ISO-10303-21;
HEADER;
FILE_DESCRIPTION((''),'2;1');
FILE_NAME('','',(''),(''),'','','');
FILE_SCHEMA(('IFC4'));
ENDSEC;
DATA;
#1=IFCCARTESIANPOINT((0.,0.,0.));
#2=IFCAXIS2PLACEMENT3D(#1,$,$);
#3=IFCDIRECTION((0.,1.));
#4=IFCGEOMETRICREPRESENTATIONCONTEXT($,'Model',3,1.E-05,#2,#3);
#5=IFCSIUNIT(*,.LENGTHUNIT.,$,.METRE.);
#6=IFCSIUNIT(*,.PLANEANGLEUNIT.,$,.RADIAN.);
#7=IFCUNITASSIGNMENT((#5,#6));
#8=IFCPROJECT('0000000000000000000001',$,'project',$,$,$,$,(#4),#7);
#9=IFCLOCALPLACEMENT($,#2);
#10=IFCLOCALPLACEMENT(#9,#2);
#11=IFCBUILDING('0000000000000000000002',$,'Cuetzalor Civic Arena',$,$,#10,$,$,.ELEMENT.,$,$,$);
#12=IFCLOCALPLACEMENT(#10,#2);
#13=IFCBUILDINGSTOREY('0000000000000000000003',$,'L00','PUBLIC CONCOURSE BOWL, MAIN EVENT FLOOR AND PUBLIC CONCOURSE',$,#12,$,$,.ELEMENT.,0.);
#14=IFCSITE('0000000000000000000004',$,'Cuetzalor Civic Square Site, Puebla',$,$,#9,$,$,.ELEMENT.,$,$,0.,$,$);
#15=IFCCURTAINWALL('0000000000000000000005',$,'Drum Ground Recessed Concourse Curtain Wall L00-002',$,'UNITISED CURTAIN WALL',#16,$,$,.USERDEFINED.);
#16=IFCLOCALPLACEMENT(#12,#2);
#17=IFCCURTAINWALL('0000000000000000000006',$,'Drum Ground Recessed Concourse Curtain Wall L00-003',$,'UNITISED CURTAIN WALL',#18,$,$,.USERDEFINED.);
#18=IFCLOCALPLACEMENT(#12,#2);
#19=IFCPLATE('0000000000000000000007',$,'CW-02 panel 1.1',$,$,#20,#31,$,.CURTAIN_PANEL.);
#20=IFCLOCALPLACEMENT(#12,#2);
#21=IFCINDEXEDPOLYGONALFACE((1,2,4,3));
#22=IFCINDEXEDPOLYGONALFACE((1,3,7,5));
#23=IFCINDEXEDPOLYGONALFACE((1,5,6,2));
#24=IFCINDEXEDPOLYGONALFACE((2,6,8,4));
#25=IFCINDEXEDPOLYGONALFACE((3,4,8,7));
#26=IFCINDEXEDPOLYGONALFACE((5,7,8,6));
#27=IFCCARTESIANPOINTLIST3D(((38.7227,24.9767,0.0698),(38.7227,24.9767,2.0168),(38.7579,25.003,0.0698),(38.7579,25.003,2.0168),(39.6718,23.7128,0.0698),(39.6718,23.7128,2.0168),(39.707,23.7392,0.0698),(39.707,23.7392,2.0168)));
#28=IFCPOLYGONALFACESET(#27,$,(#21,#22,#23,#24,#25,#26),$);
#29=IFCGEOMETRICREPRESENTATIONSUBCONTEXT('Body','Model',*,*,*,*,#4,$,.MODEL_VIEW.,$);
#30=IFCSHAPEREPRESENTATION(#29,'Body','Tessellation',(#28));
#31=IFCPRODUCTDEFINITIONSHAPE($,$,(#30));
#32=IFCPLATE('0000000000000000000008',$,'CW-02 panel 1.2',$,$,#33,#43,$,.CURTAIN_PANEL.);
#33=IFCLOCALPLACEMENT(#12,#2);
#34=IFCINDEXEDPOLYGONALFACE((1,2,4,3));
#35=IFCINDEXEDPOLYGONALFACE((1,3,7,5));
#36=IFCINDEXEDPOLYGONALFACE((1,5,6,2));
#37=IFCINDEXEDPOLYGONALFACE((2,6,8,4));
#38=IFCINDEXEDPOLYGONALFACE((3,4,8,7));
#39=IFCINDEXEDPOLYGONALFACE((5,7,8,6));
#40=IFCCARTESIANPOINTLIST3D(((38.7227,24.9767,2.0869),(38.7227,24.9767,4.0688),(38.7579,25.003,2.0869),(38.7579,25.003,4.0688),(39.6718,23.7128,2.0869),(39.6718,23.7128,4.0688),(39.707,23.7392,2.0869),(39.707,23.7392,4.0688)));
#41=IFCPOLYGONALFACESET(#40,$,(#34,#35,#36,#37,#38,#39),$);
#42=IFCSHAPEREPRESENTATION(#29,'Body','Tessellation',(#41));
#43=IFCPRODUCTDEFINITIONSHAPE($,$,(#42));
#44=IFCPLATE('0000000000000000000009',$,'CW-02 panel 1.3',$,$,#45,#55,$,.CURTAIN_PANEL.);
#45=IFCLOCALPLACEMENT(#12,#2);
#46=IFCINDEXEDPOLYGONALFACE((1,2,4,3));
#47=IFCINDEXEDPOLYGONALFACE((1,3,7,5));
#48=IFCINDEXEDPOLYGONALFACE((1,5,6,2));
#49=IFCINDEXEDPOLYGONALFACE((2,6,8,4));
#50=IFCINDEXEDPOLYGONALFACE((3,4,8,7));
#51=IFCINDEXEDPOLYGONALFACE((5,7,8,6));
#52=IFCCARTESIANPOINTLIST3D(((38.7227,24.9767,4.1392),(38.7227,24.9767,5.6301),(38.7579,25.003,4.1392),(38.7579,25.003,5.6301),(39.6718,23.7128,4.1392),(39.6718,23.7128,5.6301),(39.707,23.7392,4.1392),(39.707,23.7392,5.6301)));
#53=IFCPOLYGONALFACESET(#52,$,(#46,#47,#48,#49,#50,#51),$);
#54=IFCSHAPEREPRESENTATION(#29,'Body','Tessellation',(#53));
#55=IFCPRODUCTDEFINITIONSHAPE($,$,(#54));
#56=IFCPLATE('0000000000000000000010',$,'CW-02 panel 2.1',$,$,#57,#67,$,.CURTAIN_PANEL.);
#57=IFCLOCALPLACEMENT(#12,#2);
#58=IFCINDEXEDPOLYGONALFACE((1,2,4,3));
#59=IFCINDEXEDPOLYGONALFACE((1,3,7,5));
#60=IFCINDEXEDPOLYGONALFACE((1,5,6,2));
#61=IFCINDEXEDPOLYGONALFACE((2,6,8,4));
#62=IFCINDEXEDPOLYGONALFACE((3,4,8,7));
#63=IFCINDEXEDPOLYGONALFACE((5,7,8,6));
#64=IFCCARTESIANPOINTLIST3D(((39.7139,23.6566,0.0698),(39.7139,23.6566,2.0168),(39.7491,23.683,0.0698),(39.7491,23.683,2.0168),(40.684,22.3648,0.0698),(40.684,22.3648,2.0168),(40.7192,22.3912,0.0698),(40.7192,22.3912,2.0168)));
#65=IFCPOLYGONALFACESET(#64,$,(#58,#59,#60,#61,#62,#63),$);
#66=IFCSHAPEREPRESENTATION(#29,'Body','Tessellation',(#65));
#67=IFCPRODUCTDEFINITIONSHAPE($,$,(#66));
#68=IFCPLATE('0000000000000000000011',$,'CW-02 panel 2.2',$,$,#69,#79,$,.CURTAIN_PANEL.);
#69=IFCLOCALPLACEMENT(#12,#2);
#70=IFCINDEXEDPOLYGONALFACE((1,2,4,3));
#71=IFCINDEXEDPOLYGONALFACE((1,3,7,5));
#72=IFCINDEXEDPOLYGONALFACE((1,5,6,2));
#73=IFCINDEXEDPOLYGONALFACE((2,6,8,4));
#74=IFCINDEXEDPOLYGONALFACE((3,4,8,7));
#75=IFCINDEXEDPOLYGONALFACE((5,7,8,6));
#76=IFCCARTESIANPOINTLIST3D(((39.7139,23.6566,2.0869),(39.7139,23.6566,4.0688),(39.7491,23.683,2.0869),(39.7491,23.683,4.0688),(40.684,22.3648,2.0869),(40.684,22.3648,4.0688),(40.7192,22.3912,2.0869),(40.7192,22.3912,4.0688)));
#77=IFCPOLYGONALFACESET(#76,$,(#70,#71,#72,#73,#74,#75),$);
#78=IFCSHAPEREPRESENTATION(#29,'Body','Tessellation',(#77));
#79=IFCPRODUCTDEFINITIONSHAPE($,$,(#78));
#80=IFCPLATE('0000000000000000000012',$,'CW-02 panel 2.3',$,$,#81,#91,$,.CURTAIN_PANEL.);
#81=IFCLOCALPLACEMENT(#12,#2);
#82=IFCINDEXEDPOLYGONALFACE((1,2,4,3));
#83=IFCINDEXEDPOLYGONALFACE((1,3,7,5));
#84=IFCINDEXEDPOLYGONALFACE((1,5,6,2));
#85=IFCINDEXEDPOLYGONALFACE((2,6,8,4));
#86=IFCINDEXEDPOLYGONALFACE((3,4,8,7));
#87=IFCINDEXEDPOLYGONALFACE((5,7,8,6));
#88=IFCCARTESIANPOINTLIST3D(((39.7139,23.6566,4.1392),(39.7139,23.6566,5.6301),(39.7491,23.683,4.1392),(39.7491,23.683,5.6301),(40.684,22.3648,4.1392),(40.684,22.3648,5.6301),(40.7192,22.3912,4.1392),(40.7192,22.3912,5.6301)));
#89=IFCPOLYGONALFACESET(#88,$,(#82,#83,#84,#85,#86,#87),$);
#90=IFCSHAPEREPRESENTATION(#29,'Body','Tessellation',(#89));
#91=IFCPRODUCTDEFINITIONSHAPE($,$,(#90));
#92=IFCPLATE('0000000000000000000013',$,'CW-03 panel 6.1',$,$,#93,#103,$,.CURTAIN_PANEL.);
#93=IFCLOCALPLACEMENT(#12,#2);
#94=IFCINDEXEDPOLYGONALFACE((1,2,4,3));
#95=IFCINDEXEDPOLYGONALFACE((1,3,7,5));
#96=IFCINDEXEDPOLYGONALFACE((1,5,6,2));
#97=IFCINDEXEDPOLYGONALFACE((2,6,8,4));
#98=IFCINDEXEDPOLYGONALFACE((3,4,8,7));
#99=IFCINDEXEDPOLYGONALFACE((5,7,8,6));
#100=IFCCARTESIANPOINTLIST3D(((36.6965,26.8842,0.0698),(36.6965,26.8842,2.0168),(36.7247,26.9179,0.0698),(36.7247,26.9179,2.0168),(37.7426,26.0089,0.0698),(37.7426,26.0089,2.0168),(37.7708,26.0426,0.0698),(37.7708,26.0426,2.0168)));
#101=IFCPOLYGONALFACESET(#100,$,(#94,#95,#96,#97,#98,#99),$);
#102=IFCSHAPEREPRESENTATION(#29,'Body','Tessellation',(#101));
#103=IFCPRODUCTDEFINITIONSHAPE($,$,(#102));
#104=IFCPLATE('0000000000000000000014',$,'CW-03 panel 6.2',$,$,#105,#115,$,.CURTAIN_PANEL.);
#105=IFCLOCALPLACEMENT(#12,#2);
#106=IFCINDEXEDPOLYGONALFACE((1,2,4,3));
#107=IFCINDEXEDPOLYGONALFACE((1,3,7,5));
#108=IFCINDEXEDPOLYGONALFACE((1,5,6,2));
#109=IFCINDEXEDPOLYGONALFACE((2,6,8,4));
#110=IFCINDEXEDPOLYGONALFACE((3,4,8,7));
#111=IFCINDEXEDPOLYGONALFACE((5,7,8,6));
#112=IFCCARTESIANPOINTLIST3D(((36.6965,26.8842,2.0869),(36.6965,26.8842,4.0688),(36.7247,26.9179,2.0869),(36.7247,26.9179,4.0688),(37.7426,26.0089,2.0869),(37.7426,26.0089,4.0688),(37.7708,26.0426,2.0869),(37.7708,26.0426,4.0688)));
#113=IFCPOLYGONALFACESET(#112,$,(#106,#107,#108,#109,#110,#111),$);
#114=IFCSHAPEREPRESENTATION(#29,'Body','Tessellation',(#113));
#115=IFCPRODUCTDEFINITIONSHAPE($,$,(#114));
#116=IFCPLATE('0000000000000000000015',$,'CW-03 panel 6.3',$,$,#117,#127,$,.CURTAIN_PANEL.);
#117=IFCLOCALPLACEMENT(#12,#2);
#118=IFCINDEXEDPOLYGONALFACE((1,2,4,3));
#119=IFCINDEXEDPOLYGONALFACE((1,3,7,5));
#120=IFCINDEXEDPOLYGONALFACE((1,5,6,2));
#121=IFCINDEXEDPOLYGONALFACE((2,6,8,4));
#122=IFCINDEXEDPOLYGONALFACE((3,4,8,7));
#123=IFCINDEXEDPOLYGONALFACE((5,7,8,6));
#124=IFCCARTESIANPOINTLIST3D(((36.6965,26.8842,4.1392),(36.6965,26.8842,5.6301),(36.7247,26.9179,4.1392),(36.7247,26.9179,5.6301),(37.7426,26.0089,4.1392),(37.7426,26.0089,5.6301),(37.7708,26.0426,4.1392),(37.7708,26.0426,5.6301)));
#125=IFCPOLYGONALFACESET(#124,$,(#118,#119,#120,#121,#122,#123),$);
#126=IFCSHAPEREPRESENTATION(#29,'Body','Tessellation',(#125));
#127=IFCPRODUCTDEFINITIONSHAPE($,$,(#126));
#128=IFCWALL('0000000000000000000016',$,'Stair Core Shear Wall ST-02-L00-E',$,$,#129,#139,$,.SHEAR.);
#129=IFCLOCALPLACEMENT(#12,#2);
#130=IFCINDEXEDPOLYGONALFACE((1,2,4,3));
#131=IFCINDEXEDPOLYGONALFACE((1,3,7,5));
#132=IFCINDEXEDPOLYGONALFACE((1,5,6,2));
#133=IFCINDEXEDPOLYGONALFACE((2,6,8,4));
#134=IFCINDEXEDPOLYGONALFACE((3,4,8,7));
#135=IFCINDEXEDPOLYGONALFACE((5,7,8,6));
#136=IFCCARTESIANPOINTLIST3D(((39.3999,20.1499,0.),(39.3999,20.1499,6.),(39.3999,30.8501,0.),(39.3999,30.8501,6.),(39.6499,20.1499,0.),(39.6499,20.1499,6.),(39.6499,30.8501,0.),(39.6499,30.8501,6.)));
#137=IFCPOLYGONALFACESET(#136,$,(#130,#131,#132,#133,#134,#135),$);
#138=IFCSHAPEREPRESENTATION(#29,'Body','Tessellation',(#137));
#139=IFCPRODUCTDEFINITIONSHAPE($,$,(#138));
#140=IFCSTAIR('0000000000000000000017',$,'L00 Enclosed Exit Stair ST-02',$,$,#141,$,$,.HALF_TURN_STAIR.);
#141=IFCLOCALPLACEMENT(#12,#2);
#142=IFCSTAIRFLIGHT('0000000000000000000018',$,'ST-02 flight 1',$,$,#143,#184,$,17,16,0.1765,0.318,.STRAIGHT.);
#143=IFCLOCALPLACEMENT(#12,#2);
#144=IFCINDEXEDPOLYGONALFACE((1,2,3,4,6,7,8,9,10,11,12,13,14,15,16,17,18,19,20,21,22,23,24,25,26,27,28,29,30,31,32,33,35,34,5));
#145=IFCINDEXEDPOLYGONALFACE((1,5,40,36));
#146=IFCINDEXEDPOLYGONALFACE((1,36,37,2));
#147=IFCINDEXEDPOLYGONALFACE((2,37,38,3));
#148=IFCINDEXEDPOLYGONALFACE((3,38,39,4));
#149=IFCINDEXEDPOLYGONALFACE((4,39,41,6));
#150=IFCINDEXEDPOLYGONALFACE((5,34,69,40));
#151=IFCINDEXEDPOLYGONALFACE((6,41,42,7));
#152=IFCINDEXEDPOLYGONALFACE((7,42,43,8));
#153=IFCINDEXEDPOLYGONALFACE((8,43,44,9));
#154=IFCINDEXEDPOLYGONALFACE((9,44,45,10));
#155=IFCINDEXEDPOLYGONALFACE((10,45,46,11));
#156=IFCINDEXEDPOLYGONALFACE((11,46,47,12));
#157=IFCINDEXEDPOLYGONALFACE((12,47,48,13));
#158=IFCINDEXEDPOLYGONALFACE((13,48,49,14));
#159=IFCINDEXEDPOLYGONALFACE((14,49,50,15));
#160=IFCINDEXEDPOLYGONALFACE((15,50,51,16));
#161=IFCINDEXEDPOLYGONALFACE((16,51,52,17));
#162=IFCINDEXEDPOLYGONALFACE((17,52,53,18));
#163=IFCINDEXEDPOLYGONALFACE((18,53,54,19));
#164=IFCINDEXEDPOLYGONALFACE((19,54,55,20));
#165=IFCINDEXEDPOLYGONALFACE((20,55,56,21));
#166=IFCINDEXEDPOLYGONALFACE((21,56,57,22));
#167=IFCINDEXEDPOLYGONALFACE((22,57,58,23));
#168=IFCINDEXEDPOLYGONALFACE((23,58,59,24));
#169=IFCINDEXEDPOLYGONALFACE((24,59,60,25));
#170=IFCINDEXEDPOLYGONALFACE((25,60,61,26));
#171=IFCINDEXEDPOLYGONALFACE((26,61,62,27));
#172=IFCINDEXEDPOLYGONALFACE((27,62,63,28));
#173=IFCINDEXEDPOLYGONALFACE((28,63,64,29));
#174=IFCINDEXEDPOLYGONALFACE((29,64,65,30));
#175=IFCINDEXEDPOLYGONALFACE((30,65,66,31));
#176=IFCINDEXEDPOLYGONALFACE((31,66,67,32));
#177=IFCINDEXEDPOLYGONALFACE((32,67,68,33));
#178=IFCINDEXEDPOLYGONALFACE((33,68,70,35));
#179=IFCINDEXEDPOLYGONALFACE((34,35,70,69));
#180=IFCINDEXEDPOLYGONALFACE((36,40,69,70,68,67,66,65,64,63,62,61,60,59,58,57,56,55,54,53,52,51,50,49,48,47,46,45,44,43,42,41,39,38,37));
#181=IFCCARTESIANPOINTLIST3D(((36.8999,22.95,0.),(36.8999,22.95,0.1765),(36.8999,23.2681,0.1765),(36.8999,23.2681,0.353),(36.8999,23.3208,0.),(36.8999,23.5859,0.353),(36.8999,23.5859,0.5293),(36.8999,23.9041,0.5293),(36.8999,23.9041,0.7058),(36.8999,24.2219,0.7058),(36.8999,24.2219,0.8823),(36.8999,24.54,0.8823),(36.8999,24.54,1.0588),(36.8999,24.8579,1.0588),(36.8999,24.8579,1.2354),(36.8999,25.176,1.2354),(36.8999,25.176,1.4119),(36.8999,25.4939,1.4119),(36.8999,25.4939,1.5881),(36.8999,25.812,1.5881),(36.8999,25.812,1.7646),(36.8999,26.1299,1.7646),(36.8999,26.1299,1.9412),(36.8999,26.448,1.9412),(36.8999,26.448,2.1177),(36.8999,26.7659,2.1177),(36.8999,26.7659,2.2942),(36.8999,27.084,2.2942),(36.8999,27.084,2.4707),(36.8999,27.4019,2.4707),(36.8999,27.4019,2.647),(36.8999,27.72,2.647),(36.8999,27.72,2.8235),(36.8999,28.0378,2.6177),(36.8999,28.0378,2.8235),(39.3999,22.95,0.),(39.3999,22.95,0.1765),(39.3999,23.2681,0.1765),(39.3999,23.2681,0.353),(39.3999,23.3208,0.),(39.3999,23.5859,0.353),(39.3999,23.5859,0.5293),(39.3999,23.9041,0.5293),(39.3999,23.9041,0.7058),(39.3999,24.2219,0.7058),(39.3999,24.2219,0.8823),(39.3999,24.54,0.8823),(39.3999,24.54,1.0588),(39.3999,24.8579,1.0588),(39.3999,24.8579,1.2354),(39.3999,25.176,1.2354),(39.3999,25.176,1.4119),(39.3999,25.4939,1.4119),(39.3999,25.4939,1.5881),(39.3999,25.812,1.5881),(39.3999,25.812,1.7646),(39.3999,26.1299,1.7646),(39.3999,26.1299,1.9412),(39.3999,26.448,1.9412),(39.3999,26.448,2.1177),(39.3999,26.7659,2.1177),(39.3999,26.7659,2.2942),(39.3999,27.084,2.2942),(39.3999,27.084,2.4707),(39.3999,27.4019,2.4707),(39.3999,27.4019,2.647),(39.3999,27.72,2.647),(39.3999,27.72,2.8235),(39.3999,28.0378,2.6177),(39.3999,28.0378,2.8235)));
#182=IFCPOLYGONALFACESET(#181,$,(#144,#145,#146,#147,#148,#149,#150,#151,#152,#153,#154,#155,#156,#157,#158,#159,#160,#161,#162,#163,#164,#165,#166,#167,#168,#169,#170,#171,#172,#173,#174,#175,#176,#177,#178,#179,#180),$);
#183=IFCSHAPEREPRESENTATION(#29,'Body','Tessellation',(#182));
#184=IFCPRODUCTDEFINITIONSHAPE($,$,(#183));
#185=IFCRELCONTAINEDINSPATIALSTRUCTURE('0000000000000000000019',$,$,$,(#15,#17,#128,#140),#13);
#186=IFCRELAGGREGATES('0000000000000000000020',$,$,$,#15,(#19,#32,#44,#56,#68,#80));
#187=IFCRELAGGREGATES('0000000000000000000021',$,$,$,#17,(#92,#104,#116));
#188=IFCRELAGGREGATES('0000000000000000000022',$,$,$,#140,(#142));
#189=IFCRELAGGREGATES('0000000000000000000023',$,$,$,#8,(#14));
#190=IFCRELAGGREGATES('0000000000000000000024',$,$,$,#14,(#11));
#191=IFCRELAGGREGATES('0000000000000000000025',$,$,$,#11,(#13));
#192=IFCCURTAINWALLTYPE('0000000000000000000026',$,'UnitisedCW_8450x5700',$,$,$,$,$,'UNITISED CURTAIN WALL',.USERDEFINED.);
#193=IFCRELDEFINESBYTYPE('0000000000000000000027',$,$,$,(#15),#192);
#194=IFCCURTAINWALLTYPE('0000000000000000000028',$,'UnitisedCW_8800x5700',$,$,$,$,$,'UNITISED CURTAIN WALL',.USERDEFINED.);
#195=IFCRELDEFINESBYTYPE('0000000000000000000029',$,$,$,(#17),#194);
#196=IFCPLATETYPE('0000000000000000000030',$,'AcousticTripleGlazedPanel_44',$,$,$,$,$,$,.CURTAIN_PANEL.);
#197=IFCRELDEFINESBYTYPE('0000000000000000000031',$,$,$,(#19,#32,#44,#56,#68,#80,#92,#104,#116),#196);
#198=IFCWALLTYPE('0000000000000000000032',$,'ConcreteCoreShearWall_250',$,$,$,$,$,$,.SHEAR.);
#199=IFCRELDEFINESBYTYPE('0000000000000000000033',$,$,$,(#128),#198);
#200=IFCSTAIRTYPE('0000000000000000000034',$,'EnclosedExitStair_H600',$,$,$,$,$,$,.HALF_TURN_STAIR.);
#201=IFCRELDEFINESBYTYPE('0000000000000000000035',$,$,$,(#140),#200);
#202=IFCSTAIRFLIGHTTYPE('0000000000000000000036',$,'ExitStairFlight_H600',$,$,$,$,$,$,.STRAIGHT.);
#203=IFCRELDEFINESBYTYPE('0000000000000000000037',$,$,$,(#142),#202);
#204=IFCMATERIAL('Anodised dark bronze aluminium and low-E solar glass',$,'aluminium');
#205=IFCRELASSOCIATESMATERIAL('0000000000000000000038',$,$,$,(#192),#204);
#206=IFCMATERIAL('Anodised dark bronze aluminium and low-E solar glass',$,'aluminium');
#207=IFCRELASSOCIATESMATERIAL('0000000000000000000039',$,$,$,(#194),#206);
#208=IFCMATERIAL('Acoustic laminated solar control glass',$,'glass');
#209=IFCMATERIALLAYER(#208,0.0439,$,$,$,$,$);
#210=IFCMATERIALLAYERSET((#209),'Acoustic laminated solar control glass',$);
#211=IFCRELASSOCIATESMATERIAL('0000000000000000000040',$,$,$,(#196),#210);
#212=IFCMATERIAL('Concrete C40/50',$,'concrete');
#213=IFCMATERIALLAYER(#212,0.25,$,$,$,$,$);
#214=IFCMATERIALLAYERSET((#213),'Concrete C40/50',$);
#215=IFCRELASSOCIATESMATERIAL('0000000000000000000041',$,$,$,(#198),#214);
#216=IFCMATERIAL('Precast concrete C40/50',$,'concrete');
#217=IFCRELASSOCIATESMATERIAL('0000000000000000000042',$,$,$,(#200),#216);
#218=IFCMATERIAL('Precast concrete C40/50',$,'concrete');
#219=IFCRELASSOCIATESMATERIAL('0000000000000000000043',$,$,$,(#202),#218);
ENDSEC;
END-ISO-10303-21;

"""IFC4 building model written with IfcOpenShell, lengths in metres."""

from ifc_helpers import new_model, si_unit, direction, frame, frame_2d, origin, origin_2d, place, context, subcontext, project, spatial, polyline, rectangle, outline, extrude, material, layer, layer_set, type_object, element, aggregate, save


model = new_model("IFC4")

# Units and contexts
model_context = context("Model", 3, precision=1e-05, world=origin(), true_north=direction((0.0, 1.0)))
body_context = subcontext(model_context, "Body", "Model", "MODEL_VIEW")
ifc_project = project(units=[si_unit("LENGTHUNIT", "METRE"), si_unit("PLANEANGLEUNIT", "RADIAN")], contexts=[model_context])

# Site, building, storey
site_placement = place(None, origin())
site = spatial("IfcSite", under=ifc_project, at=site_placement, Name="Cuetzalor Civic Square Site, Puebla", CompositionType="ELEMENT", RefElevation=0.0)
building_placement = place(site_placement, origin())
building = spatial("IfcBuilding", under=site, at=building_placement, Name="Cuetzalor Civic Arena", CompositionType="ELEMENT")
storey_placement = place(building_placement, origin())
storey = spatial("IfcBuildingStorey", under=building, at=storey_placement, Name="L00", Description="PUBLIC CONCOURSE BOWL, MAIN EVENT FLOOR AND PUBLIC CONCOURSE", CompositionType="ELEMENT", Elevation=0.0)

# Curtain wall
ifc_material_1 = material(Name="Anodised dark bronze aluminium and low-E solar glass", Category="aluminium")
curtain_wall_type_1 = type_object("IfcCurtainWallType", Name="UnitisedCW_8450x5700", ElementType="UNITISED CURTAIN WALL", PredefinedType="USERDEFINED", material=ifc_material_1)
curtain_wall_1_placement = place(storey_placement, origin())
curtain_wall_1 = element("IfcCurtainWall", 1, at=curtain_wall_1_placement, inside=storey, type_object=curtain_wall_type_1, Name="Drum Ground Recessed Concourse Curtain Wall L00-002", ObjectType="UNITISED CURTAIN WALL", PredefinedType="USERDEFINED")

# Curtain wall
ifc_material_2 = material(Name="Anodised dark bronze aluminium and low-E solar glass", Category="aluminium")
curtain_wall_type_2 = type_object("IfcCurtainWallType", Name="UnitisedCW_8800x5700", ElementType="UNITISED CURTAIN WALL", PredefinedType="USERDEFINED", material=ifc_material_2)
curtain_wall_2_placement = place(storey_placement, origin())
curtain_wall_2 = element("IfcCurtainWall", 2, at=curtain_wall_2_placement, inside=storey, type_object=curtain_wall_type_2, Name="Drum Ground Recessed Concourse Curtain Wall L00-003", ObjectType="UNITISED CURTAIN WALL", PredefinedType="USERDEFINED")

# Plates
ifc_material_3 = material(Name="Acoustic laminated solar control glass", Category="glass")
ifc_layer_1 = layer(ifc_material_3, 0.0439)
ifc_layer_set_1 = layer_set([ifc_layer_1], Name="Acoustic laminated solar control glass")
plate_type = type_object("IfcPlateType", Name="AcousticTripleGlazedPanel_44", PredefinedType="CURTAIN_PANEL", material=ifc_layer_set_1)
plate_1_placement = place(storey_placement, frame((39.2148, 24.3579, 0.0698), z_axis=(0.0, 0.0, 1.0), x_axis=(0.600492, -0.799631, 0.0)))
plate_1 = element("IfcPlate", 3, at=plate_1_placement, type_object=plate_type, Name="CW-02 panel 1.1", PredefinedType="CURTAIN_PANEL", context=body_context, shape_type="SweptSolid", body=[
    extrude(rectangle(XDim=1.5806, YDim=0.0439, at=origin_2d()), origin(), (0.0, 0.0, 1.0), 1.947),
])
plate_2_placement = place(storey_placement, frame((39.2148, 24.3579, 2.0869), z_axis=(0.0, 0.0, 1.0), x_axis=(0.600492, -0.799631, 0.0)))
plate_2 = element("IfcPlate", 4, at=plate_2_placement, type_object=plate_type, Name="CW-02 panel 1.2", PredefinedType="CURTAIN_PANEL", context=body_context, shape_type="SweptSolid", body=[
    extrude(rectangle(XDim=1.5806, YDim=0.0439, at=origin_2d()), origin(), (0.0, 0.0, 1.0), 1.9819),
])
plate_3_placement = place(storey_placement, frame((39.2148, 24.3579, 4.1392), z_axis=(0.0, 0.0, 1.0), x_axis=(0.600492, -0.799631, 0.0)))
plate_3 = element("IfcPlate", 5, at=plate_3_placement, type_object=plate_type, Name="CW-02 panel 1.3", PredefinedType="CURTAIN_PANEL", context=body_context, shape_type="SweptSolid", body=[
    extrude(rectangle(XDim=1.5806, YDim=0.0439, at=origin_2d()), origin(), (0.0, 0.0, 1.0), 1.491),
])
plate_4_placement = place(storey_placement, frame((40.2166, 23.0239, 0.0698), z_axis=(0.0, 0.0, 1.0), x_axis=(0.600492, -0.799631, 0.0)))
plate_4 = element("IfcPlate", 6, at=plate_4_placement, type_object=plate_type, Name="CW-02 panel 2.1", PredefinedType="CURTAIN_PANEL", context=body_context, shape_type="SweptSolid", body=[
    extrude(rectangle(XDim=1.6155, YDim=0.0439, at=origin_2d()), origin(), (0.0, 0.0, 1.0), 1.947),
])
plate_5_placement = place(storey_placement, frame((40.2166, 23.0239, 2.0869), z_axis=(0.0, 0.0, 1.0), x_axis=(0.600492, -0.799631, 0.0)))
plate_5 = element("IfcPlate", 7, at=plate_5_placement, type_object=plate_type, Name="CW-02 panel 2.2", PredefinedType="CURTAIN_PANEL", context=body_context, shape_type="SweptSolid", body=[
    extrude(rectangle(XDim=1.6155, YDim=0.0439, at=origin_2d()), origin(), (0.0, 0.0, 1.0), 1.9819),
])
plate_6_placement = place(storey_placement, frame((40.2166, 23.0239, 4.1392), z_axis=(0.0, 0.0, 1.0), x_axis=(0.600492, -0.799631, 0.0)))
plate_6 = element("IfcPlate", 8, at=plate_6_placement, type_object=plate_type, Name="CW-02 panel 2.3", PredefinedType="CURTAIN_PANEL", context=body_context, shape_type="SweptSolid", body=[
    extrude(rectangle(XDim=1.6155, YDim=0.0439, at=origin_2d()), origin(), (0.0, 0.0, 1.0), 1.491),
])
aggregate(curtain_wall_1, [plate_1, plate_2, plate_3, plate_4, plate_5, plate_6])
plate_7_placement = place(storey_placement, frame((37.2336, 26.4634, 0.0698), z_axis=(0.0, 0.0, 1.0), x_axis=(0.766928, -0.641733, 0.0)))
plate_7 = element("IfcPlate", 9, at=plate_7_placement, type_object=plate_type, Name="CW-03 panel 6.1", PredefinedType="CURTAIN_PANEL", context=body_context, shape_type="SweptSolid", body=[
    extrude(rectangle(XDim=1.364, YDim=0.0439, at=origin_2d()), origin(), (0.0, 0.0, 1.0), 1.947),
])
plate_8_placement = place(storey_placement, frame((37.2336, 26.4634, 2.0869), z_axis=(0.0, 0.0, 1.0), x_axis=(0.766928, -0.641733, 0.0)))
plate_8 = element("IfcPlate", 10, at=plate_8_placement, type_object=plate_type, Name="CW-03 panel 6.2", PredefinedType="CURTAIN_PANEL", context=body_context, shape_type="SweptSolid", body=[
    extrude(rectangle(XDim=1.364, YDim=0.0439, at=origin_2d()), origin(), (0.0, 0.0, 1.0), 1.9819),
])
plate_9_placement = place(storey_placement, frame((37.2336, 26.4634, 4.1392), z_axis=(0.0, 0.0, 1.0), x_axis=(0.766928, -0.641733, 0.0)))
plate_9 = element("IfcPlate", 11, at=plate_9_placement, type_object=plate_type, Name="CW-03 panel 6.3", PredefinedType="CURTAIN_PANEL", context=body_context, shape_type="SweptSolid", body=[
    extrude(rectangle(XDim=1.364, YDim=0.0439, at=origin_2d()), origin(), (0.0, 0.0, 1.0), 1.491),
])
aggregate(curtain_wall_2, [plate_7, plate_8, plate_9])

# Wall
ifc_material_4 = material(Name="Concrete C40/50", Category="concrete")
ifc_layer_2 = layer(ifc_material_4, 0.25)
ifc_layer_set_2 = layer_set([ifc_layer_2], Name="Concrete C40/50")
wall_type = type_object("IfcWallType", Name="ConcreteCoreShearWall_250", PredefinedType="SHEAR", material=ifc_layer_set_2)
wall_placement = place(storey_placement, frame((39.5249, 30.8501, 0.0), z_axis=(0.0, 0.0, 1.0), x_axis=(0.0, -1.0, 0.0)))
element("IfcWall", 12, at=wall_placement, inside=storey, type_object=wall_type, Name="Stair Core Shear Wall ST-02-L00-E", PredefinedType="SHEAR", context=body_context, shape_type="SweptSolid", body=[
    extrude(rectangle(XDim=10.7002, YDim=0.25, at=frame_2d((5.3501, 0.0))), origin(), (0.0, 0.0, 1.0), 6.0),
])

# Stair, stair flight
ifc_material_5 = material(Name="Precast concrete C40/50", Category="concrete")
stair_type = type_object("IfcStairType", Name="EnclosedExitStair_H600", PredefinedType="HALF_TURN_STAIR", material=ifc_material_5)
stair_placement = place(storey_placement, origin())
stair = element("IfcStair", 13, at=stair_placement, inside=storey, type_object=stair_type, Name="L00 Enclosed Exit Stair ST-02", PredefinedType="HALF_TURN_STAIR")
ifc_material_6 = material(Name="Precast concrete C40/50", Category="concrete")
stair_flight_type = type_object("IfcStairFlightType", Name="ExitStairFlight_H600", PredefinedType="STRAIGHT", material=ifc_material_6)
stair_flight_placement = place(storey_placement, frame((38.1499, 22.95, 0.0), z_axis=(0.0, 0.0, 1.0), x_axis=(0.0, 1.0, 0.0)))
stair_flight = element("IfcStairFlight", 14, at=stair_flight_placement, type_object=stair_flight_type, Name="ST-02 flight 1", NumberOfRisers=17, NumberOfTreads=16, PredefinedType="STRAIGHT", RiserHeight=0.1765, TreadLength=0.318, context=body_context, shape_type="SweptSolid", body=[
    extrude(outline(polyline([(0.0, 0.0), (0.0, 0.1765), (0.3181, 0.1765), (0.3181, 0.353), (0.636, 0.353), (0.636, 0.5293), (0.9541, 0.5293), (0.9541, 0.7058), (1.272, 0.7058), (1.272, 0.8823), (1.5901, 0.8823), (1.5901, 1.0588), (1.908, 1.0588), (1.908, 1.2354), (2.2261, 1.2354), (2.2261, 1.4119), (2.5439, 1.4119), (2.5439, 1.5881), (2.8621, 1.5881), (2.8621, 1.7646), (3.1799, 1.7646), (3.1799, 1.9412), (3.498, 1.9412), (3.498, 2.1177), (3.8159, 2.1177), (3.8159, 2.2942), (4.134, 2.2942), (4.134, 2.4707), (4.4519, 2.4707), (4.4519, 2.647), (4.77, 2.647), (4.77, 2.8235), (5.0879, 2.8235), (5.0879, 3.0), (5.0879, 2.6177), (0.3708, 0.0), (0.0, 0.0)])), frame((0.0, 1.25, 0.0), z_axis=(0.0, -1.0, 0.0), x_axis=(1.0, 0.0, 0.0)), (0.0, 0.0, 1.0), 2.5),
])
aggregate(stair, [stair_flight])

save(model, "model.ifc")
